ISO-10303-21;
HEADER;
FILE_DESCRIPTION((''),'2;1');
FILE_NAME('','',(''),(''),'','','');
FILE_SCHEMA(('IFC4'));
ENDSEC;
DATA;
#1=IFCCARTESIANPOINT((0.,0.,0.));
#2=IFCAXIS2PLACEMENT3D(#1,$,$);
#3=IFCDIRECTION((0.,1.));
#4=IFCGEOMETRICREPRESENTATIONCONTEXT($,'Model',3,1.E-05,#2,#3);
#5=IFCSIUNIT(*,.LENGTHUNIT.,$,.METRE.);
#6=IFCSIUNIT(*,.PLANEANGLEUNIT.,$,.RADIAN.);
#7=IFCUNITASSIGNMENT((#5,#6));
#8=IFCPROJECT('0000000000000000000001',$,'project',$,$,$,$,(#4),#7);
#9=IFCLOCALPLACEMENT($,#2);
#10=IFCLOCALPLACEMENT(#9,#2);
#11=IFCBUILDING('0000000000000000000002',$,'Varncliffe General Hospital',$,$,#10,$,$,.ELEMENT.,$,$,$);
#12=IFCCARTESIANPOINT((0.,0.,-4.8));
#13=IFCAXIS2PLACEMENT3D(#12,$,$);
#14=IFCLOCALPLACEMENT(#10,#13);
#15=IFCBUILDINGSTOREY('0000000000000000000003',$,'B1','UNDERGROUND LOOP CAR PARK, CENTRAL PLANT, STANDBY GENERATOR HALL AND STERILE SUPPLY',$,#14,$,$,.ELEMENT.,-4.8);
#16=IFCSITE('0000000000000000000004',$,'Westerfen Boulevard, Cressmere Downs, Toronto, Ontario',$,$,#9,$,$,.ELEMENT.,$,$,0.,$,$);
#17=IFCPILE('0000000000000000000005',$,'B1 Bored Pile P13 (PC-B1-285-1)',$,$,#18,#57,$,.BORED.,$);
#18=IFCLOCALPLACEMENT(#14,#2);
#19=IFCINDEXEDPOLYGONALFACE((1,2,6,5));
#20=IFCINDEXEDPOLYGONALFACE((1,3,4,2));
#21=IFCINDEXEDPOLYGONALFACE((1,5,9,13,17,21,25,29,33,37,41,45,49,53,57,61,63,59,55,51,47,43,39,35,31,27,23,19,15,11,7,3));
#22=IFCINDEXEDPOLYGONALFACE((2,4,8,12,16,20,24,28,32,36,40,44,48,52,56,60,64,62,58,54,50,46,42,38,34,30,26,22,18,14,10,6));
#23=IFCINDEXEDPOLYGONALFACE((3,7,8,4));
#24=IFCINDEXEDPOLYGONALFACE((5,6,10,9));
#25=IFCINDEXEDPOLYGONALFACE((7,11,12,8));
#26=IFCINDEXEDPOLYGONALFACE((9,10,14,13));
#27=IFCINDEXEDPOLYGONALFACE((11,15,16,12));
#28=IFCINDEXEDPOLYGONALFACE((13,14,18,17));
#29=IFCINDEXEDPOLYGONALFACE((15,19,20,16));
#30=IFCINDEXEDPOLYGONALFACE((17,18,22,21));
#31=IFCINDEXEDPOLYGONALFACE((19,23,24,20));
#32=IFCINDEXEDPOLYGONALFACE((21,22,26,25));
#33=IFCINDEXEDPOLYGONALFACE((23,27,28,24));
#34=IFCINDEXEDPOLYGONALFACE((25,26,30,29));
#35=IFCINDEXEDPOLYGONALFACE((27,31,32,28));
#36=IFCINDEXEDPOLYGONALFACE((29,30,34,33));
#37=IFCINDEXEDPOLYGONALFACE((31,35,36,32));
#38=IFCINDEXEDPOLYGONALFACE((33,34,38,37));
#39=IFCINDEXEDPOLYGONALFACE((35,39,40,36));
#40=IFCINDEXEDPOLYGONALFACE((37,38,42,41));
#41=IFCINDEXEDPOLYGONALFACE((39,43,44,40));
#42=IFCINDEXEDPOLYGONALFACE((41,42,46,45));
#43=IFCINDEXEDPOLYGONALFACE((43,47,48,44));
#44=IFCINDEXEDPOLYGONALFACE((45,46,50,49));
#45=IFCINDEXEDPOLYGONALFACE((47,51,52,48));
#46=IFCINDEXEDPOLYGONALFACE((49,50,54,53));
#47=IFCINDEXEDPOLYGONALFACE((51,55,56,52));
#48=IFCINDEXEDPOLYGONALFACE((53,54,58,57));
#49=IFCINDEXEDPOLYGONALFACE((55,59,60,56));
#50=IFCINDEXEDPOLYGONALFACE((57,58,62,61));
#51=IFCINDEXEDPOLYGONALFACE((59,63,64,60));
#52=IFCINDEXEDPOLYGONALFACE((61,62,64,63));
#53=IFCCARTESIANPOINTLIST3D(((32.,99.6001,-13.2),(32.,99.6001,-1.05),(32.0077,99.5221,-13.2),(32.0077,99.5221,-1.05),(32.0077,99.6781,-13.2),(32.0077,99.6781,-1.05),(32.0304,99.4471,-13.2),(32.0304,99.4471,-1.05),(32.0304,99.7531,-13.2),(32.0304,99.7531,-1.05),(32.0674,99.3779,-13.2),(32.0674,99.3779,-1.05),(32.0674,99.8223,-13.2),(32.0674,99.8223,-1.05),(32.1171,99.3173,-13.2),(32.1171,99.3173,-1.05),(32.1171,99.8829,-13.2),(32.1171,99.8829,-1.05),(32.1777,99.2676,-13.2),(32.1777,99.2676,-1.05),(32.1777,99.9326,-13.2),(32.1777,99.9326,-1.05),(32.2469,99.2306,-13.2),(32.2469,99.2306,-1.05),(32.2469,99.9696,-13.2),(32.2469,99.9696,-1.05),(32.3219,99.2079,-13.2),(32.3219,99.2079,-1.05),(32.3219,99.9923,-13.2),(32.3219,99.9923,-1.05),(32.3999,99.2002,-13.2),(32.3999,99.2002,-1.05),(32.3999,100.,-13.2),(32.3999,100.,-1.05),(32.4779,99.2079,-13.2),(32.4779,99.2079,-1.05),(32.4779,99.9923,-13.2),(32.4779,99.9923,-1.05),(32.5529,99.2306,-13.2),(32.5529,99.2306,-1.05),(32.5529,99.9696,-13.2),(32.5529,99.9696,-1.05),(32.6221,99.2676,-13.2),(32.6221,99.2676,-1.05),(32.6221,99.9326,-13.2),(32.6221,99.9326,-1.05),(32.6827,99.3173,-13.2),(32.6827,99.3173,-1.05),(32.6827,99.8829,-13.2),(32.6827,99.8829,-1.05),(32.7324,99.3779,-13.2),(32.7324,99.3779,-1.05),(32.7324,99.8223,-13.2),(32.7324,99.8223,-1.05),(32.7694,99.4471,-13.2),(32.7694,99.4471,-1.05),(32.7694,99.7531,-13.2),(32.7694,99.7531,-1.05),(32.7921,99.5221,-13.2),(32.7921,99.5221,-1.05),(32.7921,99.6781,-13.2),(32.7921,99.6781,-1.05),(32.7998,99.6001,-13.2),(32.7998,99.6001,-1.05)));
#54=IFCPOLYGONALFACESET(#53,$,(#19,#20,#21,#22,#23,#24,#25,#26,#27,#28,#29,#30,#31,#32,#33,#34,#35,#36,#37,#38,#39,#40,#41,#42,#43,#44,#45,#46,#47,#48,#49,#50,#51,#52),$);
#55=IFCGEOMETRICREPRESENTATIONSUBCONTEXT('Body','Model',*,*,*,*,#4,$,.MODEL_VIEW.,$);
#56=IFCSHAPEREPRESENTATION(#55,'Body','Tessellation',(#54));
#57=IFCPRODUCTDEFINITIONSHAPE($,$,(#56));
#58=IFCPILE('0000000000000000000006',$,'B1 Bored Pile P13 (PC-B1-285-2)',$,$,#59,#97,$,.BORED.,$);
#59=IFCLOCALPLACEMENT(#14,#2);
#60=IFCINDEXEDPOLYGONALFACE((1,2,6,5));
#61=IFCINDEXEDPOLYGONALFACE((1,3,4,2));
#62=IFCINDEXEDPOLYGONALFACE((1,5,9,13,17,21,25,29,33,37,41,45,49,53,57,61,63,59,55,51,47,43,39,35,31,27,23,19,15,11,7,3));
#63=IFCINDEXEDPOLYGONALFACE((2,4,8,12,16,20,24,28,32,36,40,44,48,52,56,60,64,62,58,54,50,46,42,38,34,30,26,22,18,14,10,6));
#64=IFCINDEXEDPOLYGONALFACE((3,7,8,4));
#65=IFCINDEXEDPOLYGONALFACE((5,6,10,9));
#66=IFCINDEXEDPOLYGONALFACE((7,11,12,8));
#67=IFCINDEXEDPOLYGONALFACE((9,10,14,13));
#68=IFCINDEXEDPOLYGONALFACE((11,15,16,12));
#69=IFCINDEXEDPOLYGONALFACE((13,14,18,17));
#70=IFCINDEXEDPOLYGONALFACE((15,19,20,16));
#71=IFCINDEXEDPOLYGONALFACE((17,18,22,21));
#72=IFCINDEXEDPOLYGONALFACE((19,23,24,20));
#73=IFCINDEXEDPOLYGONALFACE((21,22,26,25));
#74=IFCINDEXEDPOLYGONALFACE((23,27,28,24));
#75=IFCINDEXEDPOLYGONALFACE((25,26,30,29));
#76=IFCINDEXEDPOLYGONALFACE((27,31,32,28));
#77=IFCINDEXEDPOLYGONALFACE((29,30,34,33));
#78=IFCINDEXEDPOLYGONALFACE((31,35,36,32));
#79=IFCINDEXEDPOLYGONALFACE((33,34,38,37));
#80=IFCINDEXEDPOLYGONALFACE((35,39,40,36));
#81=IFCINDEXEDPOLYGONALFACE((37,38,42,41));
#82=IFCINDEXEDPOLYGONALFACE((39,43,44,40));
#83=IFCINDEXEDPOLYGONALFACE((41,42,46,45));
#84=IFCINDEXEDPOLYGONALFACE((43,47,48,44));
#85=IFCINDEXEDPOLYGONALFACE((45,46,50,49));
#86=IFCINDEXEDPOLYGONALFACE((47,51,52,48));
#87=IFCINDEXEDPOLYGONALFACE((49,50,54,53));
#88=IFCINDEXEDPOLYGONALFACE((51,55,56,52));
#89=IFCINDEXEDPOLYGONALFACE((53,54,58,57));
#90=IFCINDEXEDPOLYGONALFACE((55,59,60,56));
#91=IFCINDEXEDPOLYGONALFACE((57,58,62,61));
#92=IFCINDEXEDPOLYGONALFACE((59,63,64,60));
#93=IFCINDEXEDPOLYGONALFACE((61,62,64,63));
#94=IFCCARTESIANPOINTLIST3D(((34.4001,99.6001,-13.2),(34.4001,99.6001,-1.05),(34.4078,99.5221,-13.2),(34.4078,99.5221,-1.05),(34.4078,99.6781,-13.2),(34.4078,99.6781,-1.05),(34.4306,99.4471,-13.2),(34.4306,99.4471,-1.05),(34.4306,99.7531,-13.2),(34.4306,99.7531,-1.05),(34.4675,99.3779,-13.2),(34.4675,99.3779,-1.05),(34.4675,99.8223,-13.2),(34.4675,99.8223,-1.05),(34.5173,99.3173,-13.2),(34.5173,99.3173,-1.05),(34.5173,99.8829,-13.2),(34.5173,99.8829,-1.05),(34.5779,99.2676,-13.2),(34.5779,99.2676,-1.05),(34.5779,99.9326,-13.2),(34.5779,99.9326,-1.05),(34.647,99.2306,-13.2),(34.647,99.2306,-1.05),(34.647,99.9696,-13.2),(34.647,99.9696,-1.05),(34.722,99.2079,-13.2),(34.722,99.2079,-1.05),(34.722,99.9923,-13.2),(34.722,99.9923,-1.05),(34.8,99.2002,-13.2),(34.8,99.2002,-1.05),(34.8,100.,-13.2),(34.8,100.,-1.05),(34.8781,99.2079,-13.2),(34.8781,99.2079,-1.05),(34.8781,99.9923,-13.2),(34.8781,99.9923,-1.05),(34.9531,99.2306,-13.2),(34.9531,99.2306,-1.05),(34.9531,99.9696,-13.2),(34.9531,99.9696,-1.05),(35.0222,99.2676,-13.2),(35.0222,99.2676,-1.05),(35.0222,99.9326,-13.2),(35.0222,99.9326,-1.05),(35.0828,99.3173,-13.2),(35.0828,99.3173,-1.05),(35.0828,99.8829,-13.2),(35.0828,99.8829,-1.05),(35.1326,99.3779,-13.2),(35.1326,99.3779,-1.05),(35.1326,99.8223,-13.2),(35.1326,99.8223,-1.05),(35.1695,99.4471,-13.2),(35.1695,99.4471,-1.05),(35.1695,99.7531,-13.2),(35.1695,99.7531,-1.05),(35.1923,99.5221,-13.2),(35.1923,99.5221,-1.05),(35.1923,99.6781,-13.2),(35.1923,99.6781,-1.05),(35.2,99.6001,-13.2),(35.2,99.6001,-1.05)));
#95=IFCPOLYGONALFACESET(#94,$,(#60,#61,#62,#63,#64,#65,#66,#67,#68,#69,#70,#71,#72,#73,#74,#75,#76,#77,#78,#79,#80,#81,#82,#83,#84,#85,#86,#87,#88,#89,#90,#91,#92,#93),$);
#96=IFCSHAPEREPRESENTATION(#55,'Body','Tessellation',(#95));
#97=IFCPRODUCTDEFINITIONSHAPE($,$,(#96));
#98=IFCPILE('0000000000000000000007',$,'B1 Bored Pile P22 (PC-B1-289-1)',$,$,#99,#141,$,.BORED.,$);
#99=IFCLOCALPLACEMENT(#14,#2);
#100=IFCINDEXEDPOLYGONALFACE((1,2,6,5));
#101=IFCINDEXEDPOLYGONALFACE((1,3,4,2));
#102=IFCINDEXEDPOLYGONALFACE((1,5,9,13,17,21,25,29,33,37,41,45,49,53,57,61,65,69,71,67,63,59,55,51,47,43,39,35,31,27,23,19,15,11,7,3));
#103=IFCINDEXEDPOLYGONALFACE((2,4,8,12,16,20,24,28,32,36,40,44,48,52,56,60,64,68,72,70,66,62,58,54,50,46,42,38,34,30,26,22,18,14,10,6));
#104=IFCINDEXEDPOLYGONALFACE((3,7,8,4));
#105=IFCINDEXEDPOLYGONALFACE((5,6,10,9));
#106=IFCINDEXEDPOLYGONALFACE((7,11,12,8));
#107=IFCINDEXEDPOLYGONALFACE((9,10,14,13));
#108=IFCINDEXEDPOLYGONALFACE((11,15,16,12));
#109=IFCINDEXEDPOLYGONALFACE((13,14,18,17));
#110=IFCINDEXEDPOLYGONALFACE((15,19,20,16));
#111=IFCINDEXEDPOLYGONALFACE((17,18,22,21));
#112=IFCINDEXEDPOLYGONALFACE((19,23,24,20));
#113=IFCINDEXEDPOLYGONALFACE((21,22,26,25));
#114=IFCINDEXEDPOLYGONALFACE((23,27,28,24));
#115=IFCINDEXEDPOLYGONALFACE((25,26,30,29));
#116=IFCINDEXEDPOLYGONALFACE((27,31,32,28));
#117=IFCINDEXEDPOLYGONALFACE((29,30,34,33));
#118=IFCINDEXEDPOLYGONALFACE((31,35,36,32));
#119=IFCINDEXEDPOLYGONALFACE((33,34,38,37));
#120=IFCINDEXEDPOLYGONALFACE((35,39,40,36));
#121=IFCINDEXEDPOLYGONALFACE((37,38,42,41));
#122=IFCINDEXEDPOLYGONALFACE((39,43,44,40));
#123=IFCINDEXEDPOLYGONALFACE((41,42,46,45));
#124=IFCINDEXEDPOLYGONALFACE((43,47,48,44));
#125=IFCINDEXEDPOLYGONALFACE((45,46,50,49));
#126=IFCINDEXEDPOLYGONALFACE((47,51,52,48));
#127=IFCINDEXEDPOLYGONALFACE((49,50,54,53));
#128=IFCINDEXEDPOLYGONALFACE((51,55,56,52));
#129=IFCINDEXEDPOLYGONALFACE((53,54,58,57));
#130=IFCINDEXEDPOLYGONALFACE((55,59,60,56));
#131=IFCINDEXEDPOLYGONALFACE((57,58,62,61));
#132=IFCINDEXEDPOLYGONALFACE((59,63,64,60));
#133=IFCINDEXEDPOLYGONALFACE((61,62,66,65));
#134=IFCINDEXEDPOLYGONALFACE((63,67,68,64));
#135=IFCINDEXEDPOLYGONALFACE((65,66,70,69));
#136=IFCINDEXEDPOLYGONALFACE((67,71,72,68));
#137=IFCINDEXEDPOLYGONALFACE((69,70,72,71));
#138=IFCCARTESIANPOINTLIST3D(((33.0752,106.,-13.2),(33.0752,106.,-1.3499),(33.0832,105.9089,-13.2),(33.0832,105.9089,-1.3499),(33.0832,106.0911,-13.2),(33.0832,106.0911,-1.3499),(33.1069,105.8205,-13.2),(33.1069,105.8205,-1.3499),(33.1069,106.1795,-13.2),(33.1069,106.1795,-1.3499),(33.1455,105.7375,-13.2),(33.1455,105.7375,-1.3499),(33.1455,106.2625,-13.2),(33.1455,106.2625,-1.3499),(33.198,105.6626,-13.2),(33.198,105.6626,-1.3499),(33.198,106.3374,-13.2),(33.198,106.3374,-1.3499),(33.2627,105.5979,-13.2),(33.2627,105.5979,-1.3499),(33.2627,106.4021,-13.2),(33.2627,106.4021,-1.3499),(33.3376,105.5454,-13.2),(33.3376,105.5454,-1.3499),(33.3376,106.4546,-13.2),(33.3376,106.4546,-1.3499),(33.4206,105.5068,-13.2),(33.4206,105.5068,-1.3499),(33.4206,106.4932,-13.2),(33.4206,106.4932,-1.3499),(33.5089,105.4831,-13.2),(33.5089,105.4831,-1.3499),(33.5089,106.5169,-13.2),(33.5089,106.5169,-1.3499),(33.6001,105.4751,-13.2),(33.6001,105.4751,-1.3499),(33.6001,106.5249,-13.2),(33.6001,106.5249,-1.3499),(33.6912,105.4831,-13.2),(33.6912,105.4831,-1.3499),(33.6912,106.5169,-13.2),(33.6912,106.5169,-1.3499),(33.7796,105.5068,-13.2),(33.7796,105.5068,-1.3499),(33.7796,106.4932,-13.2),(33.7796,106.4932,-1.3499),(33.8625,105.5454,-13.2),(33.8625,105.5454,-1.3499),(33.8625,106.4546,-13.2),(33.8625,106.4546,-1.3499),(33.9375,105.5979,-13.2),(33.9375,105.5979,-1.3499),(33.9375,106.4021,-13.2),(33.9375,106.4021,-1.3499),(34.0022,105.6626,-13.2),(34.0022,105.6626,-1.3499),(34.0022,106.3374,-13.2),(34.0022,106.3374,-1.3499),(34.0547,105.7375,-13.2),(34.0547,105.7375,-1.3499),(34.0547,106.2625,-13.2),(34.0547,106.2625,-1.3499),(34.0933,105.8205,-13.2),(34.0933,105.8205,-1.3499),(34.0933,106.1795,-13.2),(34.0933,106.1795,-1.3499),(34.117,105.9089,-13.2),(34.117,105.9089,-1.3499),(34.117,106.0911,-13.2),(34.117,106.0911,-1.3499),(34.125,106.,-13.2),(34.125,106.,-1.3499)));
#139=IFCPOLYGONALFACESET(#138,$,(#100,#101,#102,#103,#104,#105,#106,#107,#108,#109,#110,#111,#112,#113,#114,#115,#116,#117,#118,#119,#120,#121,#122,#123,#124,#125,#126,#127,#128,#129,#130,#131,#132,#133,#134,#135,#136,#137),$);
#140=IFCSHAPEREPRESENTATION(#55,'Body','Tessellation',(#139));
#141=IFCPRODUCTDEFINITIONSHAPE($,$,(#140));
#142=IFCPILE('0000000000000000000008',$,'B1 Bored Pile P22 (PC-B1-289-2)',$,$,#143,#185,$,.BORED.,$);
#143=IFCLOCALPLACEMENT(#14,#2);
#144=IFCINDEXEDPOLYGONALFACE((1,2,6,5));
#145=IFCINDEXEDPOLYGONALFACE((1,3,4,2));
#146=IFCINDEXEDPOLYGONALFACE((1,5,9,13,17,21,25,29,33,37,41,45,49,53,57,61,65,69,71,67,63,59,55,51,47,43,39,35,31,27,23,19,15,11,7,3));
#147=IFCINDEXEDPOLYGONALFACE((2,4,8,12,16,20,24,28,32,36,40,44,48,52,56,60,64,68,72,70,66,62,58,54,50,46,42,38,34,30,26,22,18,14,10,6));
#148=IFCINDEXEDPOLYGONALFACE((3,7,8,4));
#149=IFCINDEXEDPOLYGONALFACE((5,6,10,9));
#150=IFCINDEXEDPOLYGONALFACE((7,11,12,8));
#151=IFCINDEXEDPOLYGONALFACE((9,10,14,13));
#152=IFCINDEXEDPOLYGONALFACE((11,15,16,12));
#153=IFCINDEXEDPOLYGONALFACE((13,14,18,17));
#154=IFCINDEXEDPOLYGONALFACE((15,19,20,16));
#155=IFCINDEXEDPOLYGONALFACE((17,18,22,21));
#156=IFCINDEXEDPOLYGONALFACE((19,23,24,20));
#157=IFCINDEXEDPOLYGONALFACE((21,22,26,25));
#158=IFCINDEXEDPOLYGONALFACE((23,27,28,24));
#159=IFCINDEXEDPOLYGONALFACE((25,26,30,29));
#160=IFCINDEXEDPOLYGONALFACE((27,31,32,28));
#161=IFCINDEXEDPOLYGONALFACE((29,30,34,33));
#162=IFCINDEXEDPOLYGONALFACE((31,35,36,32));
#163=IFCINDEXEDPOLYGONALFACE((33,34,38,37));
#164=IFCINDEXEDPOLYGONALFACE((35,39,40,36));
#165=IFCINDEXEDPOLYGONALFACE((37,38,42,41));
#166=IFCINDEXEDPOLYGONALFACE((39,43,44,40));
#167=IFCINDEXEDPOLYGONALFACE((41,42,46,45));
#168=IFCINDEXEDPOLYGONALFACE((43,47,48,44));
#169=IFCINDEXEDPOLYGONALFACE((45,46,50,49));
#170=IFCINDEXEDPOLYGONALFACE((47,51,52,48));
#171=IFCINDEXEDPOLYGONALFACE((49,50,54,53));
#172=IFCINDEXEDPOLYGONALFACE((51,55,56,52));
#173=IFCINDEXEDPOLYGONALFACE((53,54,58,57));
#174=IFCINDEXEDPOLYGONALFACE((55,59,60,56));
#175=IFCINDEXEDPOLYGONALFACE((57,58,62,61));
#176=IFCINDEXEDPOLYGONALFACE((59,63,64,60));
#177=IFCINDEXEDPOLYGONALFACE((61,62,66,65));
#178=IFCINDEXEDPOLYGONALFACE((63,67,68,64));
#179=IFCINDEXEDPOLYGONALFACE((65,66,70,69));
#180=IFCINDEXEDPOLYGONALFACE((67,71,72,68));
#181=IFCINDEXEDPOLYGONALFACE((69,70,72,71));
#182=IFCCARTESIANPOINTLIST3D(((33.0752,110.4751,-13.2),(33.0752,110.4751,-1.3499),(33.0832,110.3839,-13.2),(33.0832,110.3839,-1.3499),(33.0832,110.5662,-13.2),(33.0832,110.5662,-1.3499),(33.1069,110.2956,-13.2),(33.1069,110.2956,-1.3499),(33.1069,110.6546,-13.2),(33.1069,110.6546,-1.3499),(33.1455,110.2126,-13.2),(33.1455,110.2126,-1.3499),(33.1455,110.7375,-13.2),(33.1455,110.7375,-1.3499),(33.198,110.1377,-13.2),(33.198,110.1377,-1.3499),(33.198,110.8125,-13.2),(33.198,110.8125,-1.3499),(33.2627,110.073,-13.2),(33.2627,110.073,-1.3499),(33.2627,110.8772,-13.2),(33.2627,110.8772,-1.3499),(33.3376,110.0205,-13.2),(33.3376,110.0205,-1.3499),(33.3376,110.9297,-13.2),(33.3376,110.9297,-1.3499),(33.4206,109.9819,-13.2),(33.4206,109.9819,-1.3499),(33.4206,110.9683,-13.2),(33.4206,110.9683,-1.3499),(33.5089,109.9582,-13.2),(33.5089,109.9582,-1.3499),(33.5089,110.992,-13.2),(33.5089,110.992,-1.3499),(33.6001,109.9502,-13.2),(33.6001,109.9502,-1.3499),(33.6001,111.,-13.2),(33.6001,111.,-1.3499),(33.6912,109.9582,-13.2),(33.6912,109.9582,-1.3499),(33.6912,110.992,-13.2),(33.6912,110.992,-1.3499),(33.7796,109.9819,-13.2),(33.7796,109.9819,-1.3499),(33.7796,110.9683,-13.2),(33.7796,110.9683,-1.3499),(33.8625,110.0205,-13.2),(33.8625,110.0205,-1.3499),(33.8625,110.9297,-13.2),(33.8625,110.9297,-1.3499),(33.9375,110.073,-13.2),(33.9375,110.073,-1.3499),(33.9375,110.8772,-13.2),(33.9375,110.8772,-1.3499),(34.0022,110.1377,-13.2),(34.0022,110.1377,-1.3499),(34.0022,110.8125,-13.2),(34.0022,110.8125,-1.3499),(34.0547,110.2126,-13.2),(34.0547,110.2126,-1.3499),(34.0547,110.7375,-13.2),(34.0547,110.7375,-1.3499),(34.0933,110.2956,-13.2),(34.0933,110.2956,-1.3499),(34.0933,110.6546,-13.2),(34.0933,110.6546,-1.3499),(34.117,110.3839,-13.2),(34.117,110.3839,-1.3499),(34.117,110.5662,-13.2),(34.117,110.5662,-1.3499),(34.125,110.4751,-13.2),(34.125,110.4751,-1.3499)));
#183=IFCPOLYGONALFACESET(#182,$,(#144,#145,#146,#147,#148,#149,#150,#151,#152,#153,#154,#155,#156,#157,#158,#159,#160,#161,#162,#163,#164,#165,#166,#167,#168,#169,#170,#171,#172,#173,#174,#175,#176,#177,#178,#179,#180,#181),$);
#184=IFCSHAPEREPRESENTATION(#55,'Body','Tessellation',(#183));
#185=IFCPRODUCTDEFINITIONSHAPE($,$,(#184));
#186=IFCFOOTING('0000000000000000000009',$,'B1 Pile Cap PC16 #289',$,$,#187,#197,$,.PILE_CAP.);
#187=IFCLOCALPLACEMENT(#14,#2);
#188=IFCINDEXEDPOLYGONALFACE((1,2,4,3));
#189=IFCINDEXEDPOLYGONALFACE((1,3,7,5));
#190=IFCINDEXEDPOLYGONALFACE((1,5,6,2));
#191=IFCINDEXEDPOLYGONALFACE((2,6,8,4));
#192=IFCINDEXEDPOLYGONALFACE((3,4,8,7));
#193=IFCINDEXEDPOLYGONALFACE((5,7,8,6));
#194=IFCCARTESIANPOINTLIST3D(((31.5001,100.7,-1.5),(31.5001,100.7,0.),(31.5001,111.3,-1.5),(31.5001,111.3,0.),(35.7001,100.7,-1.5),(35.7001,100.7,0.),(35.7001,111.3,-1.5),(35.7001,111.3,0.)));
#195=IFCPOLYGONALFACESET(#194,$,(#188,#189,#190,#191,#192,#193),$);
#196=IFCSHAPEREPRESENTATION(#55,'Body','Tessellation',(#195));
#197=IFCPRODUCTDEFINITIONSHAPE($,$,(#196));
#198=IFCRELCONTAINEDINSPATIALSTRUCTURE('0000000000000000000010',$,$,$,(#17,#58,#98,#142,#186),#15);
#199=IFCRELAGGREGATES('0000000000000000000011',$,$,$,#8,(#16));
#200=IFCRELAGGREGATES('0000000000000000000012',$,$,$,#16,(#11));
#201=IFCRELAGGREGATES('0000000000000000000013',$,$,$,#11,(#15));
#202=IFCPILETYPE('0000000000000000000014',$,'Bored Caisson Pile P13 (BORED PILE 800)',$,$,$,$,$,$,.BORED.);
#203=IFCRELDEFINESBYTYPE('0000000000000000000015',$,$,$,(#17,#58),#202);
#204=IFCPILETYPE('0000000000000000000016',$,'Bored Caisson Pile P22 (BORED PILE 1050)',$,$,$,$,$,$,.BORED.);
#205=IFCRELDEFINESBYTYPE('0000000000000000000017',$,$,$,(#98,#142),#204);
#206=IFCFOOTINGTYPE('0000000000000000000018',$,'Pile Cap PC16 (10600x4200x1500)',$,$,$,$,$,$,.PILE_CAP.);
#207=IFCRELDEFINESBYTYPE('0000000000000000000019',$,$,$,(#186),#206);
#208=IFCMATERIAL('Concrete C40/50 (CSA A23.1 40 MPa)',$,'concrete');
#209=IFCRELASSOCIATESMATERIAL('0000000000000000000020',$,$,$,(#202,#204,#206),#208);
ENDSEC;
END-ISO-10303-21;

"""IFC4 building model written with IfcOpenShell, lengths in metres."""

from ifc_helpers import new_model, si_unit, direction, frame, origin, origin_2d, place, context, subcontext, project, spatial, rectangle, circle, extrude, material, material_profile, profile_set, type_object, element, save


model = new_model("IFC4")

# Units and contexts
model_context = context("Model", 3, precision=1e-05, world=origin(), true_north=direction((0.0, 1.0)))
body_context = subcontext(model_context, "Body", "Model", "MODEL_VIEW")
ifc_project = project(units=[si_unit("LENGTHUNIT", "METRE"), si_unit("PLANEANGLEUNIT", "RADIAN")], contexts=[model_context])

# Site, building, storey
site_placement = place(None, origin())
site = spatial("IfcSite", under=ifc_project, at=site_placement, Name="Westerfen Boulevard, Cressmere Downs, Toronto, Ontario", CompositionType="ELEMENT", RefElevation=0.0)
building_placement = place(site_placement, origin())
building = spatial("IfcBuilding", under=site, at=building_placement, Name="Varncliffe General Hospital", CompositionType="ELEMENT")
storey_placement = place(building_placement, frame((0.0, 0.0, -4.8)))
storey = spatial("IfcBuildingStorey", under=building, at=storey_placement, Name="B1", Description="UNDERGROUND LOOP CAR PARK, CENTRAL PLANT, STANDBY GENERATOR HALL AND STERILE SUPPLY", CompositionType="ELEMENT", Elevation=-4.8)

# Piles
ifc_material_1 = material(Name="Concrete C40/50 (CSA A23.1 40 MPa)", Category="concrete")
ifc_material_profile_1 = material_profile(ifc_material_1, circle(Radius=0.3999, at=origin_2d()), Name="BORED PILE 800")
ifc_profile_set_1 = profile_set([ifc_material_profile_1], Name="Concrete C40/50 (CSA A23.1 40 MPa)")
pile_type_1 = type_object("IfcPileType", Name="Bored Caisson Pile P13 (BORED PILE 800)", PredefinedType="BORED", material=ifc_profile_set_1)
for number, where, z_axis, x_axis, name in (
    (1, (32.3999, 99.6001, -1.05), (0.0, 0.0, -1.0), (1.0, 0.0, 0.0), "B1 Bored Pile P13 (PC-B1-285-1)"),
    (2, (34.8, 99.6001, -1.05), (0.0, 0.0, -1.0), (1.0, 0.0, 0.0), "B1 Bored Pile P13 (PC-B1-285-2)"),
):
    element("IfcPile", number, at=place(storey_placement, frame(where, z_axis=z_axis, x_axis=x_axis)), inside=storey, type_object=pile_type_1, Name=name, PredefinedType="BORED", context=body_context, shape_type="SweptSolid", body=[
        extrude(circle(Radius=0.3999, at=origin_2d()), origin(), (0.0, 0.0, 1.0), 12.1499),
    ])
ifc_material_profile_2 = material_profile(ifc_material_1, circle(Radius=0.5249, at=origin_2d()), Name="BORED PILE 1050")
ifc_profile_set_2 = profile_set([ifc_material_profile_2], Name="Concrete C40/50 (CSA A23.1 40 MPa)")
pile_type_2 = type_object("IfcPileType", Name="Bored Caisson Pile P22 (BORED PILE 1050)", PredefinedType="BORED", material=ifc_profile_set_2)
for number, where, z_axis, x_axis, name in (
    (3, (33.6001, 106.0, -1.3499), (0.0, 0.0, -1.0), (1.0, 0.0, 0.0), "B1 Bored Pile P22 (PC-B1-289-1)"),
    (4, (33.6001, 110.4751, -1.3499), (0.0, 0.0, -1.0), (1.0, 0.0, 0.0), "B1 Bored Pile P22 (PC-B1-289-2)"),
):
    element("IfcPile", number, at=place(storey_placement, frame(where, z_axis=z_axis, x_axis=x_axis)), inside=storey, type_object=pile_type_2, Name=name, PredefinedType="BORED", context=body_context, shape_type="SweptSolid", body=[
        extrude(circle(Radius=0.5249, at=origin_2d()), origin(), (0.0, 0.0, 1.0), 11.8501),
    ])

# Footing
footing_type_1 = type_object("IfcFootingType", Name="Pile Cap PC16 (10600x4200x1500)", PredefinedType="PILE_CAP", material=ifc_material_1)
footing_1_placement = place(storey_placement, frame((33.6001, 106.0, -1.5), z_axis=(0.0, 0.0, 1.0), x_axis=(1.0, 0.0, 0.0)))
element("IfcFooting", 5, at=footing_1_placement, inside=storey, type_object=footing_type_1, Name="B1 Pile Cap PC16 #289", PredefinedType="PILE_CAP", context=body_context, shape_type="SweptSolid", body=[
    extrude(rectangle(XDim=4.2, YDim=10.6001, at=origin_2d()), origin(), (0.0, 0.0, 1.0), 1.5),
])

save(model, "model.ifc")
